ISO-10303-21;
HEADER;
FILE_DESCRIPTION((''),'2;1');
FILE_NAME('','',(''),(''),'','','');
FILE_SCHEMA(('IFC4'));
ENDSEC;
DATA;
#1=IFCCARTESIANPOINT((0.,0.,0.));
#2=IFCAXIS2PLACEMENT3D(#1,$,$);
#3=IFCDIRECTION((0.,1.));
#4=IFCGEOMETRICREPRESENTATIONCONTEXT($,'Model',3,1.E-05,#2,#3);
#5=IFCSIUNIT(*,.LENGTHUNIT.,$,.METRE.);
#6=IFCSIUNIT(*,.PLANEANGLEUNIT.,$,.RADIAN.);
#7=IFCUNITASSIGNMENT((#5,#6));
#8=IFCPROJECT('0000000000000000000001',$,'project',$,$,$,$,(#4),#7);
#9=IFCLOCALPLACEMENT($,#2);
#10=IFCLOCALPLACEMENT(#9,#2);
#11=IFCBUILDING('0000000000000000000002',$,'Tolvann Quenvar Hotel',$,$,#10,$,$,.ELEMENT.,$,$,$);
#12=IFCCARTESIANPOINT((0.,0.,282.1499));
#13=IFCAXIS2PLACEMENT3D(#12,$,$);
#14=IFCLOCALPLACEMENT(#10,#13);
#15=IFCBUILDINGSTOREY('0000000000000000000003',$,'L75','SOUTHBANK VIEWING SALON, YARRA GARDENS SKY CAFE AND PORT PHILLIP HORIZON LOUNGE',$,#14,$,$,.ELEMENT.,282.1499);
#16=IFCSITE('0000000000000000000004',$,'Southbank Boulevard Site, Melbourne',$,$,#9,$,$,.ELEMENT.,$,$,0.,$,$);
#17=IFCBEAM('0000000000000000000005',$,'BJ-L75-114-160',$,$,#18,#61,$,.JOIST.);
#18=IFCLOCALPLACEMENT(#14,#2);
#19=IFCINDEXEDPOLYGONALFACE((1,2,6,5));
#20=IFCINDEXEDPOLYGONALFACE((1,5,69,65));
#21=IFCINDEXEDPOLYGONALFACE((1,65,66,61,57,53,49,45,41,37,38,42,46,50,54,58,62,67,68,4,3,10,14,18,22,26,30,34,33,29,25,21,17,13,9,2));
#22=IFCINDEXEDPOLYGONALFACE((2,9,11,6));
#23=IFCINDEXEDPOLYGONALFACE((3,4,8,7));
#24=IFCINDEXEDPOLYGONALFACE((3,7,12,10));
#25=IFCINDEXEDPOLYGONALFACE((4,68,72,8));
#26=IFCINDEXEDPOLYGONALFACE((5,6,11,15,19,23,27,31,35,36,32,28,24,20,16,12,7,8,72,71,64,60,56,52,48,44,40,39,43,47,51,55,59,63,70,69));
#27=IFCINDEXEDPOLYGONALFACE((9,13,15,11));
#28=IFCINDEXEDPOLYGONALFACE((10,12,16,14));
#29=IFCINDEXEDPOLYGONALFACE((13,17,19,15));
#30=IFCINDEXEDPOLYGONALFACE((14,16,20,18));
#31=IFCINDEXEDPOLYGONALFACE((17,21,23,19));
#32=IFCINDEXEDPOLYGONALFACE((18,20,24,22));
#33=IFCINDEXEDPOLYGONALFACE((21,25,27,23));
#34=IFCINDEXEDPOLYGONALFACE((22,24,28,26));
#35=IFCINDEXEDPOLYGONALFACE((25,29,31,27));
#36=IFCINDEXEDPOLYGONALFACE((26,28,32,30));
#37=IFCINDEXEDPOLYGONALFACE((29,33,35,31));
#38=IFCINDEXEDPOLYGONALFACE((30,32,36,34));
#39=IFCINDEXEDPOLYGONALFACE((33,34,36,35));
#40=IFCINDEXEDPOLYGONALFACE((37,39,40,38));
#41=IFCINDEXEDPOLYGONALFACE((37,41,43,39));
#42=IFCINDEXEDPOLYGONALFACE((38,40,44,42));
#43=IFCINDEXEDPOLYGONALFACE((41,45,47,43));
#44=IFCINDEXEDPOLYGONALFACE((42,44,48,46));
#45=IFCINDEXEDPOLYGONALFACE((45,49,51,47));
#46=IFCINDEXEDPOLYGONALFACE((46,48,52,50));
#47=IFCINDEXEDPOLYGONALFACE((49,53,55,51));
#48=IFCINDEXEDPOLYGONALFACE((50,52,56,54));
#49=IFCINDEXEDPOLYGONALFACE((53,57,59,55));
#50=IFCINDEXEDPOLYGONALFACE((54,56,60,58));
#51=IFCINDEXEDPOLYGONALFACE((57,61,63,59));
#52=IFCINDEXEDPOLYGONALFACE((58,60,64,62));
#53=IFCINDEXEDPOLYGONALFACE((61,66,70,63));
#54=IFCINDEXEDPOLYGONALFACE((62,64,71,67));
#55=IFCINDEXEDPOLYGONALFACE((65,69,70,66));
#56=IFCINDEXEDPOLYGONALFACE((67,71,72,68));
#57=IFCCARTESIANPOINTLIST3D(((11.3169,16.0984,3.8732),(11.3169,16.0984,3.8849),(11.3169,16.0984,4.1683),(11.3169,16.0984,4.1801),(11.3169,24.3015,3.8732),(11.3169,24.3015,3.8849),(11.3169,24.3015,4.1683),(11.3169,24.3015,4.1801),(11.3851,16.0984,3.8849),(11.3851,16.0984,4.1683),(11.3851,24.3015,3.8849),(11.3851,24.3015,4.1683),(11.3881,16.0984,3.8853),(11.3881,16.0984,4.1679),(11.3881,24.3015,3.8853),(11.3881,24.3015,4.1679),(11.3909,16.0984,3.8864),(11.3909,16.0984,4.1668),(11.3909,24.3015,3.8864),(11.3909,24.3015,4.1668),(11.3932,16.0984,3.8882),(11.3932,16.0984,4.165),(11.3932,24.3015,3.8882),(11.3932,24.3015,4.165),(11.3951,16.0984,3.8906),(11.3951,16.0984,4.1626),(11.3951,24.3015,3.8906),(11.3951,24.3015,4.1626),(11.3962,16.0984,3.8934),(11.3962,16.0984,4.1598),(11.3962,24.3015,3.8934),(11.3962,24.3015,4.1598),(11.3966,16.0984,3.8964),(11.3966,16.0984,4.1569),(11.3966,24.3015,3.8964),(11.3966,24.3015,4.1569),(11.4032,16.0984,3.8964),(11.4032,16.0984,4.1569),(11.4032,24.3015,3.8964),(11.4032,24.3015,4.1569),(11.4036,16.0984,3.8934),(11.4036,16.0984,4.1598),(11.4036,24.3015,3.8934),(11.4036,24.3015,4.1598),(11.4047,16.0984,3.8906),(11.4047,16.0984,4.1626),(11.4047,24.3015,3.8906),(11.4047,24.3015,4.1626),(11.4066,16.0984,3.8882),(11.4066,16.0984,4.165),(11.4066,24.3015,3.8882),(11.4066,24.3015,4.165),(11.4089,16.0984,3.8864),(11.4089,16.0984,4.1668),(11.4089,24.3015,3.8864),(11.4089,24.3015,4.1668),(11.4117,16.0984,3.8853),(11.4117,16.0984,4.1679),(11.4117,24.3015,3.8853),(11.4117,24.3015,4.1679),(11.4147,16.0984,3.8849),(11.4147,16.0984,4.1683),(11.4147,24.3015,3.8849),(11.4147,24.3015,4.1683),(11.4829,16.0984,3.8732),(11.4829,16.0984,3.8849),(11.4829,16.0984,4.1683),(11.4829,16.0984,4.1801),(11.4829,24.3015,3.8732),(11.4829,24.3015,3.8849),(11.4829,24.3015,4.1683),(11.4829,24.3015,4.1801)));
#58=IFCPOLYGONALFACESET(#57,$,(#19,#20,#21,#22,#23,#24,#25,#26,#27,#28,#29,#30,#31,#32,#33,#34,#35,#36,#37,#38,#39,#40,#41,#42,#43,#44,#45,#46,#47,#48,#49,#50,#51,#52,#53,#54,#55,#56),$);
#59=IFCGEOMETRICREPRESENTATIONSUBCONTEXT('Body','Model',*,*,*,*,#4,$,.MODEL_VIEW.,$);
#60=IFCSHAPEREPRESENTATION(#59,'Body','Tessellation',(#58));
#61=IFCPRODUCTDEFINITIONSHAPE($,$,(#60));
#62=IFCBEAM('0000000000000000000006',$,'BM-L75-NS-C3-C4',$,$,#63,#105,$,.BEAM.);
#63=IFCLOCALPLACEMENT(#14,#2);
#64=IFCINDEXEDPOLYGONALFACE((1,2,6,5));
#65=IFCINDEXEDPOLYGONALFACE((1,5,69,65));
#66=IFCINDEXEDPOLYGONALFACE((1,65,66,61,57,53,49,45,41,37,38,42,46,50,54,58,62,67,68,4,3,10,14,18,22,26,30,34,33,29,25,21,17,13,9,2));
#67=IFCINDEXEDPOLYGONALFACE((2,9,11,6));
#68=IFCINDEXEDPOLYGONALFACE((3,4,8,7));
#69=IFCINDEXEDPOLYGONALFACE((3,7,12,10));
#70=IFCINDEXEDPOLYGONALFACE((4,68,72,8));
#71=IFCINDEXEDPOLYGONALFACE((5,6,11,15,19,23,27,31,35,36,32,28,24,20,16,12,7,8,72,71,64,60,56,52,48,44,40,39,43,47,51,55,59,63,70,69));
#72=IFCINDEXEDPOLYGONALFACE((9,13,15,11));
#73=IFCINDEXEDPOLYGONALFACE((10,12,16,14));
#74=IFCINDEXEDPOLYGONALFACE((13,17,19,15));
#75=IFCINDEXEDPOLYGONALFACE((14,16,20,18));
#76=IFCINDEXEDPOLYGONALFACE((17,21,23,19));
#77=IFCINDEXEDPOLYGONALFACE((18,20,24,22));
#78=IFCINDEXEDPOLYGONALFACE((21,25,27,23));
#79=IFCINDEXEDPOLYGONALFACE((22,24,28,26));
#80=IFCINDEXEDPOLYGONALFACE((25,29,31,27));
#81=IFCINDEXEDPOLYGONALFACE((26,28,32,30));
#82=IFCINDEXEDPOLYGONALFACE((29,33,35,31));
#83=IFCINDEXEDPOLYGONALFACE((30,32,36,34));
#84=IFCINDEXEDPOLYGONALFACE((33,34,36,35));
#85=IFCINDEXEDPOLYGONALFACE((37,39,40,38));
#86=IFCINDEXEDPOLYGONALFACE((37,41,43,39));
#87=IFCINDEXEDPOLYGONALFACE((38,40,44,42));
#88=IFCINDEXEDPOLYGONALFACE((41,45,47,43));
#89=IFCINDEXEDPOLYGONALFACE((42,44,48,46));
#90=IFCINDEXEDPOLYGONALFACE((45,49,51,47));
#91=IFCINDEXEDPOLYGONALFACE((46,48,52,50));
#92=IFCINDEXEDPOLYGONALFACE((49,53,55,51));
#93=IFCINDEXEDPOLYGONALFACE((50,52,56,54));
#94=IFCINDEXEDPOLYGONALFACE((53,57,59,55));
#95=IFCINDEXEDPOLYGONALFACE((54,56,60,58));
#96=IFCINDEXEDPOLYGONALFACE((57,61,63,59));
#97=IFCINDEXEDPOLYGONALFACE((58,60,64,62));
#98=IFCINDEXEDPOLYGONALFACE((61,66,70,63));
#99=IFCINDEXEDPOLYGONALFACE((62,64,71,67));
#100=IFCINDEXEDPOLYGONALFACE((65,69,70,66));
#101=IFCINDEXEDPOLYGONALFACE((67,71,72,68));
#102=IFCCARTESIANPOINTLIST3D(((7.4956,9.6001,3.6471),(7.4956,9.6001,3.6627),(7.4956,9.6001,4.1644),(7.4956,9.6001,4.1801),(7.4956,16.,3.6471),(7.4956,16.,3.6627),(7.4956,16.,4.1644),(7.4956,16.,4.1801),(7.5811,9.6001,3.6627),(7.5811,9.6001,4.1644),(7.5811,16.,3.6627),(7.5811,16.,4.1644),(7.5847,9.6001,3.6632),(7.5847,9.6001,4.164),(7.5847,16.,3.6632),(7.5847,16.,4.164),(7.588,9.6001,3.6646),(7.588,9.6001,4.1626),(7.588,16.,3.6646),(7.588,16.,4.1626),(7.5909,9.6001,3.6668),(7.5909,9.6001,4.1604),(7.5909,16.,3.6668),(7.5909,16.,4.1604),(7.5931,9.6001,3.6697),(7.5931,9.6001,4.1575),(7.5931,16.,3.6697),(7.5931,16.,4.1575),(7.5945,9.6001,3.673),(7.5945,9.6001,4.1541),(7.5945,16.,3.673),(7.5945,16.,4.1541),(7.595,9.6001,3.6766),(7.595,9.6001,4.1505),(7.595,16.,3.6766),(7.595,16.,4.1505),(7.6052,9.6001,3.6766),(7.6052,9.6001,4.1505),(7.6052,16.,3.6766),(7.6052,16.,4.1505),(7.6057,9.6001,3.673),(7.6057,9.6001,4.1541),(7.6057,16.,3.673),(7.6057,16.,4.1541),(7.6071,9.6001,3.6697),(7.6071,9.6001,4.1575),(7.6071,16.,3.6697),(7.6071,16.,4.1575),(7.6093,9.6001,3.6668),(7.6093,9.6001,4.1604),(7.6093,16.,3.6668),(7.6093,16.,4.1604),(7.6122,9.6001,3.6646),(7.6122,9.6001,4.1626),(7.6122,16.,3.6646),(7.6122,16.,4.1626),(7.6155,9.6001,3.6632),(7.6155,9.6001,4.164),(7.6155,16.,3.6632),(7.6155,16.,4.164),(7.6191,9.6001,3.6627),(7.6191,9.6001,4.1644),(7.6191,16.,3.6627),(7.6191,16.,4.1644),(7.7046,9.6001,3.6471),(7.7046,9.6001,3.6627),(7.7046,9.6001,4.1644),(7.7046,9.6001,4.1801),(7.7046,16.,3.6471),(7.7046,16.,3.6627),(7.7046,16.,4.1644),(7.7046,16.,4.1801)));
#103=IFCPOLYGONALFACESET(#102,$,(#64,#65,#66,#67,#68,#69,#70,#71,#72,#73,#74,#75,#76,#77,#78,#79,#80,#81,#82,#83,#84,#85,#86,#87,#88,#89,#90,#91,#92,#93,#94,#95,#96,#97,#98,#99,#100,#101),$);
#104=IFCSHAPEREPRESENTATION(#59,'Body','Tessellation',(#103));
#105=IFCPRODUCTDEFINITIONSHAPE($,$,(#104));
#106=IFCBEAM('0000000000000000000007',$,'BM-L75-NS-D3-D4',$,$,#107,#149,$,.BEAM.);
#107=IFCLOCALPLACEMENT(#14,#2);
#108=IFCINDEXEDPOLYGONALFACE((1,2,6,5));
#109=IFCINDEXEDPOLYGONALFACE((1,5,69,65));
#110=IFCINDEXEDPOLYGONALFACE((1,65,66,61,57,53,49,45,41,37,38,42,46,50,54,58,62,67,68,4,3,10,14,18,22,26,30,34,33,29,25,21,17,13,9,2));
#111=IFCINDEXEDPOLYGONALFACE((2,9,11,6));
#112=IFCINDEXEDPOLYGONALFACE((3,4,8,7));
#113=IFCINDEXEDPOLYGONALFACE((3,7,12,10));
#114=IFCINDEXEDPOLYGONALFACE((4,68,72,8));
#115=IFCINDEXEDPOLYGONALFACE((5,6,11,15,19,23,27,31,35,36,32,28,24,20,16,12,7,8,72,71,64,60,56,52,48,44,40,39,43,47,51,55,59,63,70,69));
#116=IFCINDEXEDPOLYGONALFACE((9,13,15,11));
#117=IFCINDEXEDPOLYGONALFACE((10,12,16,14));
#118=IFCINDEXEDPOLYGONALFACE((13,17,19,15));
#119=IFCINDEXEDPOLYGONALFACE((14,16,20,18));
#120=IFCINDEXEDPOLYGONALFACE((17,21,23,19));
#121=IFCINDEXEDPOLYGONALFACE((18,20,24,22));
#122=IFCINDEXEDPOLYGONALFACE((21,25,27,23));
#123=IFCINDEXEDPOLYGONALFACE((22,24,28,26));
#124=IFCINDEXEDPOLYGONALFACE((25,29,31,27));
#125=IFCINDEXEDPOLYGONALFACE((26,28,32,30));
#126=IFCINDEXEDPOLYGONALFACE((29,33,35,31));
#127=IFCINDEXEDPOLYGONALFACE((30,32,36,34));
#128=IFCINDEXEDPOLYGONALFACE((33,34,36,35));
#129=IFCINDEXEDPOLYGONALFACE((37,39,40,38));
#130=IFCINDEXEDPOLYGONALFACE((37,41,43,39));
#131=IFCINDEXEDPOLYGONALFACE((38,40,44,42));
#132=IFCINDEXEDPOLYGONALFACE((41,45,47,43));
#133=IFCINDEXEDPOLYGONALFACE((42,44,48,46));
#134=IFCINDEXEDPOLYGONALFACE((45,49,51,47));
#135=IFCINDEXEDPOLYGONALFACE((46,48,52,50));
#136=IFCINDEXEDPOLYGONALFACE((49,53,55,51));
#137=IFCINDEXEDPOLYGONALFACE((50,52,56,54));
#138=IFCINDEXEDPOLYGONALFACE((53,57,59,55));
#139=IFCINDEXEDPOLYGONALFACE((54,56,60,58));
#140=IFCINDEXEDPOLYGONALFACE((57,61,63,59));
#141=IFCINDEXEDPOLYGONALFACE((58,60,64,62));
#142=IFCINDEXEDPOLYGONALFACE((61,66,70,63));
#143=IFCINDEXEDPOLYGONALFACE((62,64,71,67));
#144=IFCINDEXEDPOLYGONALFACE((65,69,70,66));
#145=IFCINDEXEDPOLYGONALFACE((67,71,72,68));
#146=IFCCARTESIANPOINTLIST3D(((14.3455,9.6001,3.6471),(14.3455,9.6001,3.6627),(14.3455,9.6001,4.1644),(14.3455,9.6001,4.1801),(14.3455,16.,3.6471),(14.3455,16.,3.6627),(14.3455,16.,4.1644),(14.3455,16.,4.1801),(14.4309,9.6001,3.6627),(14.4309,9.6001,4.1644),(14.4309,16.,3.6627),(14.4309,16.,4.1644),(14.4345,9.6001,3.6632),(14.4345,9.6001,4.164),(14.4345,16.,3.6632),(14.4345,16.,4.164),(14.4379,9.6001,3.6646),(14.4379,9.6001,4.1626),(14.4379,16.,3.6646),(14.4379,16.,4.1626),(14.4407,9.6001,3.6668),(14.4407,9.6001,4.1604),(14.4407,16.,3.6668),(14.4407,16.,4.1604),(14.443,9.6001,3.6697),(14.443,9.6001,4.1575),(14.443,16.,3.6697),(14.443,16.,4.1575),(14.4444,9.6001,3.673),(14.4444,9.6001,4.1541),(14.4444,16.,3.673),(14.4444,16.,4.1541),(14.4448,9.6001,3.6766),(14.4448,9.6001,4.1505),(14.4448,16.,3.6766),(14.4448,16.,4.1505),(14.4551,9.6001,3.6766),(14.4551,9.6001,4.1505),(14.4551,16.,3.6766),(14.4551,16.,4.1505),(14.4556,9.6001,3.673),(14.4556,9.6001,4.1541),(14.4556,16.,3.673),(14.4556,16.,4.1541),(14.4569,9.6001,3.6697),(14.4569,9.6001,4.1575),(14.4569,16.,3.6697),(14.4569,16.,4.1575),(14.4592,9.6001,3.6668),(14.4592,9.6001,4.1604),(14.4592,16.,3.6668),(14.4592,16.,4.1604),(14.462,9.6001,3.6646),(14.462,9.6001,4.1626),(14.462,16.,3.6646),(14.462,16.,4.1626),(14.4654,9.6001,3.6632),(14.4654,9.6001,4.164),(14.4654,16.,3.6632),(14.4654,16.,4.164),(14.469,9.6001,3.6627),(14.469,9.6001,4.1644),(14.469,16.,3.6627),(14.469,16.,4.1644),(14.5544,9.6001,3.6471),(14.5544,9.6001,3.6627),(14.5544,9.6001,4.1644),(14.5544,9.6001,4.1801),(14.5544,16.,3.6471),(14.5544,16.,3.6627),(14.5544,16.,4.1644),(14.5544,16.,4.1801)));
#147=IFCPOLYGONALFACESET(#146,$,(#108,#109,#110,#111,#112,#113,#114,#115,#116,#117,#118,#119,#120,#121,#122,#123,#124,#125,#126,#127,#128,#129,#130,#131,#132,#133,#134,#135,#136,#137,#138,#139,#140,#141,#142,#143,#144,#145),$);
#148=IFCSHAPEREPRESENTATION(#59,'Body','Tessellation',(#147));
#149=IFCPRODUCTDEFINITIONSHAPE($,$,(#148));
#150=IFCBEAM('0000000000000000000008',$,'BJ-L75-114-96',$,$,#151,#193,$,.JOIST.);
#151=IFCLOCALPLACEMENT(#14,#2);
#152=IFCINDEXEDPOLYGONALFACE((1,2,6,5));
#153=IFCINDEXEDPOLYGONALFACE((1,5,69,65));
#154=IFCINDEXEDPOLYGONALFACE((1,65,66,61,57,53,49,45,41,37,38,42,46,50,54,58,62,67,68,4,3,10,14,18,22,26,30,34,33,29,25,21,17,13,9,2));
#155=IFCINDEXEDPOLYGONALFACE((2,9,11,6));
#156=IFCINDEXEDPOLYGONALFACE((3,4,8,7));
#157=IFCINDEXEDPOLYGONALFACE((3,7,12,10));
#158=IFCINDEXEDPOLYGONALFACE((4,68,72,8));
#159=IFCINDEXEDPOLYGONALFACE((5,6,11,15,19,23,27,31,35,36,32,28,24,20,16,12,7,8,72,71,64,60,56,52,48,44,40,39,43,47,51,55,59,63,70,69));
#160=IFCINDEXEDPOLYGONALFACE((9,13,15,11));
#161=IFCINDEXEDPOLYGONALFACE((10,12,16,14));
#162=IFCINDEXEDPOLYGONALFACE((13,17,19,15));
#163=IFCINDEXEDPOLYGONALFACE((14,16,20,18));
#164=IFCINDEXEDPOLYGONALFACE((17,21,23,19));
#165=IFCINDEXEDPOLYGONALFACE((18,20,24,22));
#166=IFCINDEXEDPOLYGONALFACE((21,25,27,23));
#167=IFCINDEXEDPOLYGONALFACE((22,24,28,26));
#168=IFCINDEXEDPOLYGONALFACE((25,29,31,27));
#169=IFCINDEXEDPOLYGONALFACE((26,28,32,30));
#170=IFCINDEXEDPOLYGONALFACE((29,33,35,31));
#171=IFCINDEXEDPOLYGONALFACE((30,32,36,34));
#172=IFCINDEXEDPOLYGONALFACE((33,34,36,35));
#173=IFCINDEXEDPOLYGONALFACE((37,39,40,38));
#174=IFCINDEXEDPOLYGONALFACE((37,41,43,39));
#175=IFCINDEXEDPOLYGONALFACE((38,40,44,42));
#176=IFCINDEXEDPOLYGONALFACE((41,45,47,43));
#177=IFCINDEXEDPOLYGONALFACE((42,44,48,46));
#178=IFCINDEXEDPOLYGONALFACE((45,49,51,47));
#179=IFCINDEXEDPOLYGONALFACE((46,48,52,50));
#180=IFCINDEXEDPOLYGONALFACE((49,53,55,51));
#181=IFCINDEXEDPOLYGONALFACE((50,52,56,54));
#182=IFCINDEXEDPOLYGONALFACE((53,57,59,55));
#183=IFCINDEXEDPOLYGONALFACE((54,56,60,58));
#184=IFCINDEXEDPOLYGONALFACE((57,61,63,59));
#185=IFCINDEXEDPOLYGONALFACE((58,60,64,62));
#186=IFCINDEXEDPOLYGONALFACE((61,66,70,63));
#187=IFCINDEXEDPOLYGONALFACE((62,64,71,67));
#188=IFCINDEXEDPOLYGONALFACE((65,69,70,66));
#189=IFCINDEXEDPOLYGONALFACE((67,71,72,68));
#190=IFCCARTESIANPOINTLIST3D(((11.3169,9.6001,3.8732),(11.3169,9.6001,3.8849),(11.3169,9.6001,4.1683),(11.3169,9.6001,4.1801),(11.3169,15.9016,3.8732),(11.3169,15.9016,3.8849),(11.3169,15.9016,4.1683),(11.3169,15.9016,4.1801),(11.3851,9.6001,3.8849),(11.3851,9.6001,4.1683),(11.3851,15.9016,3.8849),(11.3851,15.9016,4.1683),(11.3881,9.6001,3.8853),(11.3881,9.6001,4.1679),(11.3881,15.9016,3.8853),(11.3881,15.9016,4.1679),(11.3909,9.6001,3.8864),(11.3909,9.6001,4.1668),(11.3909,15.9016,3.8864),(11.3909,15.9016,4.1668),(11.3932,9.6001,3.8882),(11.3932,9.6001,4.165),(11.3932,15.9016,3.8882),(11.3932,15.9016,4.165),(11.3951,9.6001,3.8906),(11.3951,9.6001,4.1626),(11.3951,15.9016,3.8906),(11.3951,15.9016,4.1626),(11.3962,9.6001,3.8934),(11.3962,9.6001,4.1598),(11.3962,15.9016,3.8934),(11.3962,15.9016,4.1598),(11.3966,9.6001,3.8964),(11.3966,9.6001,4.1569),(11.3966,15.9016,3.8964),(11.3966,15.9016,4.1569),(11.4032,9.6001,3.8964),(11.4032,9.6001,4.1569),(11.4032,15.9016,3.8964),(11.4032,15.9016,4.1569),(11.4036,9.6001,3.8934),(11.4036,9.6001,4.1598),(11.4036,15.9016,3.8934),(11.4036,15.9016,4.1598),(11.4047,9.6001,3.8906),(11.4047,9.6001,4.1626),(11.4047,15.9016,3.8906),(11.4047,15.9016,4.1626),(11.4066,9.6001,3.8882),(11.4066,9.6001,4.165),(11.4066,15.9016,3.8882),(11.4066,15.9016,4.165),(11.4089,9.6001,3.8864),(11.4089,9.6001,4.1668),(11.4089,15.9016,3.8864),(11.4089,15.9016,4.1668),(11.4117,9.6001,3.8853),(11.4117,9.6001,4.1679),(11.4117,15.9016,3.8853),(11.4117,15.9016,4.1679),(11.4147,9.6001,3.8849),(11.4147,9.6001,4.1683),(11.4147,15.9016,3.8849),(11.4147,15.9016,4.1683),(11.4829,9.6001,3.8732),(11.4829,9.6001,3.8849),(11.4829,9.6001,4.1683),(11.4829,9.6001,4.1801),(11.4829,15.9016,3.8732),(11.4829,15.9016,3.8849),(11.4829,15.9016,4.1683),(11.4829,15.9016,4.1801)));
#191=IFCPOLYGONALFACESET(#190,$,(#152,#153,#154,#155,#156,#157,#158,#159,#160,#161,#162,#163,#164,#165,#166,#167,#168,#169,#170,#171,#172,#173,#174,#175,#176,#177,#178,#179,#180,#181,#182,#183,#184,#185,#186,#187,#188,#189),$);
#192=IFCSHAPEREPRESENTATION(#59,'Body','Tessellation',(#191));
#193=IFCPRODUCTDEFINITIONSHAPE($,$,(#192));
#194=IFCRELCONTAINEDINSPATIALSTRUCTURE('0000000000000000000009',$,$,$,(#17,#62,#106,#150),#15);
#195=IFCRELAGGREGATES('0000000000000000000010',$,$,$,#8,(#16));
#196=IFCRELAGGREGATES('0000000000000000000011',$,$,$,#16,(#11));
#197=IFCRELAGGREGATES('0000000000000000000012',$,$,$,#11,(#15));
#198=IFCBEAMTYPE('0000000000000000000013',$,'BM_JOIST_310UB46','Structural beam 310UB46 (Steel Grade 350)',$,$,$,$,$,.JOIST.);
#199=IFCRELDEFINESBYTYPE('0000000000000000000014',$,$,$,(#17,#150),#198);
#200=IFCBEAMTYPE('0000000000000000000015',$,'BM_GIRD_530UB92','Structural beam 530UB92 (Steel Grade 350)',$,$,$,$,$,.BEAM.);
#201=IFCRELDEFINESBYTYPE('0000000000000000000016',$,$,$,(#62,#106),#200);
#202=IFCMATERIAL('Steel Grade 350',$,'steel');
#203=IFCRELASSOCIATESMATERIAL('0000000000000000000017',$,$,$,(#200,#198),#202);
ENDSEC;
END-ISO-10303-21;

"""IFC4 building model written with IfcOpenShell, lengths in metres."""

from ifc_helpers import new_model, si_unit, direction, frame, origin, origin_2d, place, context, subcontext, project, spatial, i_section, extrude, source, transform, mapped, material, material_profile, profile_set, type_object, type_shapes, element, save


model = new_model("IFC4")

# Units and contexts
model_context = context("Model", 3, precision=1e-05, world=origin(), true_north=direction((0.0, 1.0)))
body_context = subcontext(model_context, "Body", "Model", "MODEL_VIEW")
ifc_project = project(units=[si_unit("LENGTHUNIT", "METRE"), si_unit("PLANEANGLEUNIT", "RADIAN")], contexts=[model_context])

# Site, building, storey
site_placement = place(None, origin())
site = spatial("IfcSite", under=ifc_project, at=site_placement, Name="Southbank Boulevard Site, Melbourne", CompositionType="ELEMENT", RefElevation=0.0)
building_placement = place(site_placement, origin())
building = spatial("IfcBuilding", under=site, at=building_placement, Name="Tolvann Quenvar Hotel", CompositionType="ELEMENT")
storey_placement = place(building_placement, frame((0.0, 0.0, 282.1499)))
storey = spatial("IfcBuildingStorey", under=building, at=storey_placement, Name="L75", Description="SOUTHBANK VIEWING SALON, YARRA GARDENS SKY CAFE AND PORT PHILLIP HORIZON LOUNGE", CompositionType="ELEMENT", Elevation=282.1499)

# Shared definitions
ifc_material_1 = material(Name="Steel Grade 350", Category="steel")

# Beams
ifc_material_profile_1 = material_profile(ifc_material_1, i_section(OverallWidth=0.209, OverallDepth=0.533, WebThickness=0.0103, FlangeThickness=0.0156, FilletRadius=0.0139, at=origin_2d()), Name="530UB92")
ifc_profile_set_1 = profile_set([ifc_material_profile_1], Name="Steel Grade 350")
beam_type_1 = type_object("IfcBeamType", Name="BM_GIRD_530UB92", Description="Structural beam 530UB92 (Steel Grade 350)", PredefinedType="BEAM", material=ifc_profile_set_1)
ifc_material_profile_2 = material_profile(ifc_material_1, i_section(OverallWidth=0.166, OverallDepth=0.3069, WebThickness=0.0066, FlangeThickness=0.0117, FilletRadius=0.0115, at=origin_2d()), Name="310UB46")
ifc_profile_set_2 = profile_set([ifc_material_profile_2], Name="Steel Grade 350")
beam_type_2 = type_object("IfcBeamType", Name="BM_JOIST_310UB46", Description="Structural beam 310UB46 (Steel Grade 350)", PredefinedType="JOIST", material=ifc_profile_set_2)
shared_shape_1 = source(origin(), body_context, "Body", "SweptSolid", [
    extrude(i_section(OverallWidth=0.166, OverallDepth=0.3069, WebThickness=0.0066, FlangeThickness=0.0117, FilletRadius=0.0115, at=origin_2d()), origin(), (0.0, 0.0, 1.0), 8.2031),
])
beam_1_placement = place(storey_placement, frame((11.3999, 16.0984, 4.0266), z_axis=(0.0, 1.0, 0.0), x_axis=(-1.0, 0.0, 0.0)))
element("IfcBeam", 1, at=beam_1_placement, inside=storey, type_object=beam_type_2, Name="BJ-L75-114-160", PredefinedType="JOIST", context=body_context, shape_type="MappedRepresentation", body=[
    mapped(shared_shape_1, transform((0.0, 0.0, 0.0), x_axis=(1.0, 0.0, 0.0), y_axis=(0.0, 1.0, 0.0), z_axis=(0.0, 0.0, 1.0), scale=1.0)),
])
shared_shape_2 = source(origin(), body_context, "Body", "SweptSolid", [
    extrude(i_section(OverallWidth=0.209, OverallDepth=0.533, WebThickness=0.0103, FlangeThickness=0.0156, FilletRadius=0.0139, at=origin_2d()), origin(), (0.0, 0.0, 1.0), 6.3999),
])
for number, where, z_axis, x_axis, name in (
    (2, (7.6001, 9.6001, 3.9136), (0.0, 1.0, 0.0), (-1.0, 0.0, 0.0), "BM-L75-NS-C3-C4"),
    (3, (14.45, 9.6001, 3.9136), (0.0, 1.0, 0.0), (-1.0, 0.0, 0.0), "BM-L75-NS-D3-D4"),
):
    element("IfcBeam", number, at=place(storey_placement, frame(where, z_axis=z_axis, x_axis=x_axis)), inside=storey, type_object=beam_type_1, Name=name, PredefinedType="BEAM", context=body_context, shape_type="MappedRepresentation", body=[
        mapped(shared_shape_2, transform((0.0, 0.0, 0.0), x_axis=(1.0, 0.0, 0.0), y_axis=(0.0, 1.0, 0.0), z_axis=(0.0, 0.0, 1.0), scale=1.0)),
    ])
shared_shape_3 = source(origin(), body_context, "Body", "SweptSolid", [
    extrude(i_section(OverallWidth=0.166, OverallDepth=0.3069, WebThickness=0.0066, FlangeThickness=0.0117, FilletRadius=0.0115, at=origin_2d()), origin(), (0.0, 0.0, 1.0), 6.3015),
])
type_shapes(beam_type_2, [shared_shape_1, shared_shape_3])
beam_2_placement = place(storey_placement, frame((11.3999, 9.6001, 4.0266), z_axis=(0.0, 1.0, 0.0), x_axis=(-1.0, 0.0, 0.0)))
element("IfcBeam", 4, at=beam_2_placement, inside=storey, type_object=beam_type_2, Name="BJ-L75-114-96", PredefinedType="JOIST", context=body_context, shape_type="MappedRepresentation", body=[
    mapped(shared_shape_3, transform((0.0, 0.0, 0.0), x_axis=(1.0, 0.0, 0.0), y_axis=(0.0, 1.0, 0.0), z_axis=(0.0, 0.0, 1.0), scale=1.0)),
])

save(model, "model.ifc")
